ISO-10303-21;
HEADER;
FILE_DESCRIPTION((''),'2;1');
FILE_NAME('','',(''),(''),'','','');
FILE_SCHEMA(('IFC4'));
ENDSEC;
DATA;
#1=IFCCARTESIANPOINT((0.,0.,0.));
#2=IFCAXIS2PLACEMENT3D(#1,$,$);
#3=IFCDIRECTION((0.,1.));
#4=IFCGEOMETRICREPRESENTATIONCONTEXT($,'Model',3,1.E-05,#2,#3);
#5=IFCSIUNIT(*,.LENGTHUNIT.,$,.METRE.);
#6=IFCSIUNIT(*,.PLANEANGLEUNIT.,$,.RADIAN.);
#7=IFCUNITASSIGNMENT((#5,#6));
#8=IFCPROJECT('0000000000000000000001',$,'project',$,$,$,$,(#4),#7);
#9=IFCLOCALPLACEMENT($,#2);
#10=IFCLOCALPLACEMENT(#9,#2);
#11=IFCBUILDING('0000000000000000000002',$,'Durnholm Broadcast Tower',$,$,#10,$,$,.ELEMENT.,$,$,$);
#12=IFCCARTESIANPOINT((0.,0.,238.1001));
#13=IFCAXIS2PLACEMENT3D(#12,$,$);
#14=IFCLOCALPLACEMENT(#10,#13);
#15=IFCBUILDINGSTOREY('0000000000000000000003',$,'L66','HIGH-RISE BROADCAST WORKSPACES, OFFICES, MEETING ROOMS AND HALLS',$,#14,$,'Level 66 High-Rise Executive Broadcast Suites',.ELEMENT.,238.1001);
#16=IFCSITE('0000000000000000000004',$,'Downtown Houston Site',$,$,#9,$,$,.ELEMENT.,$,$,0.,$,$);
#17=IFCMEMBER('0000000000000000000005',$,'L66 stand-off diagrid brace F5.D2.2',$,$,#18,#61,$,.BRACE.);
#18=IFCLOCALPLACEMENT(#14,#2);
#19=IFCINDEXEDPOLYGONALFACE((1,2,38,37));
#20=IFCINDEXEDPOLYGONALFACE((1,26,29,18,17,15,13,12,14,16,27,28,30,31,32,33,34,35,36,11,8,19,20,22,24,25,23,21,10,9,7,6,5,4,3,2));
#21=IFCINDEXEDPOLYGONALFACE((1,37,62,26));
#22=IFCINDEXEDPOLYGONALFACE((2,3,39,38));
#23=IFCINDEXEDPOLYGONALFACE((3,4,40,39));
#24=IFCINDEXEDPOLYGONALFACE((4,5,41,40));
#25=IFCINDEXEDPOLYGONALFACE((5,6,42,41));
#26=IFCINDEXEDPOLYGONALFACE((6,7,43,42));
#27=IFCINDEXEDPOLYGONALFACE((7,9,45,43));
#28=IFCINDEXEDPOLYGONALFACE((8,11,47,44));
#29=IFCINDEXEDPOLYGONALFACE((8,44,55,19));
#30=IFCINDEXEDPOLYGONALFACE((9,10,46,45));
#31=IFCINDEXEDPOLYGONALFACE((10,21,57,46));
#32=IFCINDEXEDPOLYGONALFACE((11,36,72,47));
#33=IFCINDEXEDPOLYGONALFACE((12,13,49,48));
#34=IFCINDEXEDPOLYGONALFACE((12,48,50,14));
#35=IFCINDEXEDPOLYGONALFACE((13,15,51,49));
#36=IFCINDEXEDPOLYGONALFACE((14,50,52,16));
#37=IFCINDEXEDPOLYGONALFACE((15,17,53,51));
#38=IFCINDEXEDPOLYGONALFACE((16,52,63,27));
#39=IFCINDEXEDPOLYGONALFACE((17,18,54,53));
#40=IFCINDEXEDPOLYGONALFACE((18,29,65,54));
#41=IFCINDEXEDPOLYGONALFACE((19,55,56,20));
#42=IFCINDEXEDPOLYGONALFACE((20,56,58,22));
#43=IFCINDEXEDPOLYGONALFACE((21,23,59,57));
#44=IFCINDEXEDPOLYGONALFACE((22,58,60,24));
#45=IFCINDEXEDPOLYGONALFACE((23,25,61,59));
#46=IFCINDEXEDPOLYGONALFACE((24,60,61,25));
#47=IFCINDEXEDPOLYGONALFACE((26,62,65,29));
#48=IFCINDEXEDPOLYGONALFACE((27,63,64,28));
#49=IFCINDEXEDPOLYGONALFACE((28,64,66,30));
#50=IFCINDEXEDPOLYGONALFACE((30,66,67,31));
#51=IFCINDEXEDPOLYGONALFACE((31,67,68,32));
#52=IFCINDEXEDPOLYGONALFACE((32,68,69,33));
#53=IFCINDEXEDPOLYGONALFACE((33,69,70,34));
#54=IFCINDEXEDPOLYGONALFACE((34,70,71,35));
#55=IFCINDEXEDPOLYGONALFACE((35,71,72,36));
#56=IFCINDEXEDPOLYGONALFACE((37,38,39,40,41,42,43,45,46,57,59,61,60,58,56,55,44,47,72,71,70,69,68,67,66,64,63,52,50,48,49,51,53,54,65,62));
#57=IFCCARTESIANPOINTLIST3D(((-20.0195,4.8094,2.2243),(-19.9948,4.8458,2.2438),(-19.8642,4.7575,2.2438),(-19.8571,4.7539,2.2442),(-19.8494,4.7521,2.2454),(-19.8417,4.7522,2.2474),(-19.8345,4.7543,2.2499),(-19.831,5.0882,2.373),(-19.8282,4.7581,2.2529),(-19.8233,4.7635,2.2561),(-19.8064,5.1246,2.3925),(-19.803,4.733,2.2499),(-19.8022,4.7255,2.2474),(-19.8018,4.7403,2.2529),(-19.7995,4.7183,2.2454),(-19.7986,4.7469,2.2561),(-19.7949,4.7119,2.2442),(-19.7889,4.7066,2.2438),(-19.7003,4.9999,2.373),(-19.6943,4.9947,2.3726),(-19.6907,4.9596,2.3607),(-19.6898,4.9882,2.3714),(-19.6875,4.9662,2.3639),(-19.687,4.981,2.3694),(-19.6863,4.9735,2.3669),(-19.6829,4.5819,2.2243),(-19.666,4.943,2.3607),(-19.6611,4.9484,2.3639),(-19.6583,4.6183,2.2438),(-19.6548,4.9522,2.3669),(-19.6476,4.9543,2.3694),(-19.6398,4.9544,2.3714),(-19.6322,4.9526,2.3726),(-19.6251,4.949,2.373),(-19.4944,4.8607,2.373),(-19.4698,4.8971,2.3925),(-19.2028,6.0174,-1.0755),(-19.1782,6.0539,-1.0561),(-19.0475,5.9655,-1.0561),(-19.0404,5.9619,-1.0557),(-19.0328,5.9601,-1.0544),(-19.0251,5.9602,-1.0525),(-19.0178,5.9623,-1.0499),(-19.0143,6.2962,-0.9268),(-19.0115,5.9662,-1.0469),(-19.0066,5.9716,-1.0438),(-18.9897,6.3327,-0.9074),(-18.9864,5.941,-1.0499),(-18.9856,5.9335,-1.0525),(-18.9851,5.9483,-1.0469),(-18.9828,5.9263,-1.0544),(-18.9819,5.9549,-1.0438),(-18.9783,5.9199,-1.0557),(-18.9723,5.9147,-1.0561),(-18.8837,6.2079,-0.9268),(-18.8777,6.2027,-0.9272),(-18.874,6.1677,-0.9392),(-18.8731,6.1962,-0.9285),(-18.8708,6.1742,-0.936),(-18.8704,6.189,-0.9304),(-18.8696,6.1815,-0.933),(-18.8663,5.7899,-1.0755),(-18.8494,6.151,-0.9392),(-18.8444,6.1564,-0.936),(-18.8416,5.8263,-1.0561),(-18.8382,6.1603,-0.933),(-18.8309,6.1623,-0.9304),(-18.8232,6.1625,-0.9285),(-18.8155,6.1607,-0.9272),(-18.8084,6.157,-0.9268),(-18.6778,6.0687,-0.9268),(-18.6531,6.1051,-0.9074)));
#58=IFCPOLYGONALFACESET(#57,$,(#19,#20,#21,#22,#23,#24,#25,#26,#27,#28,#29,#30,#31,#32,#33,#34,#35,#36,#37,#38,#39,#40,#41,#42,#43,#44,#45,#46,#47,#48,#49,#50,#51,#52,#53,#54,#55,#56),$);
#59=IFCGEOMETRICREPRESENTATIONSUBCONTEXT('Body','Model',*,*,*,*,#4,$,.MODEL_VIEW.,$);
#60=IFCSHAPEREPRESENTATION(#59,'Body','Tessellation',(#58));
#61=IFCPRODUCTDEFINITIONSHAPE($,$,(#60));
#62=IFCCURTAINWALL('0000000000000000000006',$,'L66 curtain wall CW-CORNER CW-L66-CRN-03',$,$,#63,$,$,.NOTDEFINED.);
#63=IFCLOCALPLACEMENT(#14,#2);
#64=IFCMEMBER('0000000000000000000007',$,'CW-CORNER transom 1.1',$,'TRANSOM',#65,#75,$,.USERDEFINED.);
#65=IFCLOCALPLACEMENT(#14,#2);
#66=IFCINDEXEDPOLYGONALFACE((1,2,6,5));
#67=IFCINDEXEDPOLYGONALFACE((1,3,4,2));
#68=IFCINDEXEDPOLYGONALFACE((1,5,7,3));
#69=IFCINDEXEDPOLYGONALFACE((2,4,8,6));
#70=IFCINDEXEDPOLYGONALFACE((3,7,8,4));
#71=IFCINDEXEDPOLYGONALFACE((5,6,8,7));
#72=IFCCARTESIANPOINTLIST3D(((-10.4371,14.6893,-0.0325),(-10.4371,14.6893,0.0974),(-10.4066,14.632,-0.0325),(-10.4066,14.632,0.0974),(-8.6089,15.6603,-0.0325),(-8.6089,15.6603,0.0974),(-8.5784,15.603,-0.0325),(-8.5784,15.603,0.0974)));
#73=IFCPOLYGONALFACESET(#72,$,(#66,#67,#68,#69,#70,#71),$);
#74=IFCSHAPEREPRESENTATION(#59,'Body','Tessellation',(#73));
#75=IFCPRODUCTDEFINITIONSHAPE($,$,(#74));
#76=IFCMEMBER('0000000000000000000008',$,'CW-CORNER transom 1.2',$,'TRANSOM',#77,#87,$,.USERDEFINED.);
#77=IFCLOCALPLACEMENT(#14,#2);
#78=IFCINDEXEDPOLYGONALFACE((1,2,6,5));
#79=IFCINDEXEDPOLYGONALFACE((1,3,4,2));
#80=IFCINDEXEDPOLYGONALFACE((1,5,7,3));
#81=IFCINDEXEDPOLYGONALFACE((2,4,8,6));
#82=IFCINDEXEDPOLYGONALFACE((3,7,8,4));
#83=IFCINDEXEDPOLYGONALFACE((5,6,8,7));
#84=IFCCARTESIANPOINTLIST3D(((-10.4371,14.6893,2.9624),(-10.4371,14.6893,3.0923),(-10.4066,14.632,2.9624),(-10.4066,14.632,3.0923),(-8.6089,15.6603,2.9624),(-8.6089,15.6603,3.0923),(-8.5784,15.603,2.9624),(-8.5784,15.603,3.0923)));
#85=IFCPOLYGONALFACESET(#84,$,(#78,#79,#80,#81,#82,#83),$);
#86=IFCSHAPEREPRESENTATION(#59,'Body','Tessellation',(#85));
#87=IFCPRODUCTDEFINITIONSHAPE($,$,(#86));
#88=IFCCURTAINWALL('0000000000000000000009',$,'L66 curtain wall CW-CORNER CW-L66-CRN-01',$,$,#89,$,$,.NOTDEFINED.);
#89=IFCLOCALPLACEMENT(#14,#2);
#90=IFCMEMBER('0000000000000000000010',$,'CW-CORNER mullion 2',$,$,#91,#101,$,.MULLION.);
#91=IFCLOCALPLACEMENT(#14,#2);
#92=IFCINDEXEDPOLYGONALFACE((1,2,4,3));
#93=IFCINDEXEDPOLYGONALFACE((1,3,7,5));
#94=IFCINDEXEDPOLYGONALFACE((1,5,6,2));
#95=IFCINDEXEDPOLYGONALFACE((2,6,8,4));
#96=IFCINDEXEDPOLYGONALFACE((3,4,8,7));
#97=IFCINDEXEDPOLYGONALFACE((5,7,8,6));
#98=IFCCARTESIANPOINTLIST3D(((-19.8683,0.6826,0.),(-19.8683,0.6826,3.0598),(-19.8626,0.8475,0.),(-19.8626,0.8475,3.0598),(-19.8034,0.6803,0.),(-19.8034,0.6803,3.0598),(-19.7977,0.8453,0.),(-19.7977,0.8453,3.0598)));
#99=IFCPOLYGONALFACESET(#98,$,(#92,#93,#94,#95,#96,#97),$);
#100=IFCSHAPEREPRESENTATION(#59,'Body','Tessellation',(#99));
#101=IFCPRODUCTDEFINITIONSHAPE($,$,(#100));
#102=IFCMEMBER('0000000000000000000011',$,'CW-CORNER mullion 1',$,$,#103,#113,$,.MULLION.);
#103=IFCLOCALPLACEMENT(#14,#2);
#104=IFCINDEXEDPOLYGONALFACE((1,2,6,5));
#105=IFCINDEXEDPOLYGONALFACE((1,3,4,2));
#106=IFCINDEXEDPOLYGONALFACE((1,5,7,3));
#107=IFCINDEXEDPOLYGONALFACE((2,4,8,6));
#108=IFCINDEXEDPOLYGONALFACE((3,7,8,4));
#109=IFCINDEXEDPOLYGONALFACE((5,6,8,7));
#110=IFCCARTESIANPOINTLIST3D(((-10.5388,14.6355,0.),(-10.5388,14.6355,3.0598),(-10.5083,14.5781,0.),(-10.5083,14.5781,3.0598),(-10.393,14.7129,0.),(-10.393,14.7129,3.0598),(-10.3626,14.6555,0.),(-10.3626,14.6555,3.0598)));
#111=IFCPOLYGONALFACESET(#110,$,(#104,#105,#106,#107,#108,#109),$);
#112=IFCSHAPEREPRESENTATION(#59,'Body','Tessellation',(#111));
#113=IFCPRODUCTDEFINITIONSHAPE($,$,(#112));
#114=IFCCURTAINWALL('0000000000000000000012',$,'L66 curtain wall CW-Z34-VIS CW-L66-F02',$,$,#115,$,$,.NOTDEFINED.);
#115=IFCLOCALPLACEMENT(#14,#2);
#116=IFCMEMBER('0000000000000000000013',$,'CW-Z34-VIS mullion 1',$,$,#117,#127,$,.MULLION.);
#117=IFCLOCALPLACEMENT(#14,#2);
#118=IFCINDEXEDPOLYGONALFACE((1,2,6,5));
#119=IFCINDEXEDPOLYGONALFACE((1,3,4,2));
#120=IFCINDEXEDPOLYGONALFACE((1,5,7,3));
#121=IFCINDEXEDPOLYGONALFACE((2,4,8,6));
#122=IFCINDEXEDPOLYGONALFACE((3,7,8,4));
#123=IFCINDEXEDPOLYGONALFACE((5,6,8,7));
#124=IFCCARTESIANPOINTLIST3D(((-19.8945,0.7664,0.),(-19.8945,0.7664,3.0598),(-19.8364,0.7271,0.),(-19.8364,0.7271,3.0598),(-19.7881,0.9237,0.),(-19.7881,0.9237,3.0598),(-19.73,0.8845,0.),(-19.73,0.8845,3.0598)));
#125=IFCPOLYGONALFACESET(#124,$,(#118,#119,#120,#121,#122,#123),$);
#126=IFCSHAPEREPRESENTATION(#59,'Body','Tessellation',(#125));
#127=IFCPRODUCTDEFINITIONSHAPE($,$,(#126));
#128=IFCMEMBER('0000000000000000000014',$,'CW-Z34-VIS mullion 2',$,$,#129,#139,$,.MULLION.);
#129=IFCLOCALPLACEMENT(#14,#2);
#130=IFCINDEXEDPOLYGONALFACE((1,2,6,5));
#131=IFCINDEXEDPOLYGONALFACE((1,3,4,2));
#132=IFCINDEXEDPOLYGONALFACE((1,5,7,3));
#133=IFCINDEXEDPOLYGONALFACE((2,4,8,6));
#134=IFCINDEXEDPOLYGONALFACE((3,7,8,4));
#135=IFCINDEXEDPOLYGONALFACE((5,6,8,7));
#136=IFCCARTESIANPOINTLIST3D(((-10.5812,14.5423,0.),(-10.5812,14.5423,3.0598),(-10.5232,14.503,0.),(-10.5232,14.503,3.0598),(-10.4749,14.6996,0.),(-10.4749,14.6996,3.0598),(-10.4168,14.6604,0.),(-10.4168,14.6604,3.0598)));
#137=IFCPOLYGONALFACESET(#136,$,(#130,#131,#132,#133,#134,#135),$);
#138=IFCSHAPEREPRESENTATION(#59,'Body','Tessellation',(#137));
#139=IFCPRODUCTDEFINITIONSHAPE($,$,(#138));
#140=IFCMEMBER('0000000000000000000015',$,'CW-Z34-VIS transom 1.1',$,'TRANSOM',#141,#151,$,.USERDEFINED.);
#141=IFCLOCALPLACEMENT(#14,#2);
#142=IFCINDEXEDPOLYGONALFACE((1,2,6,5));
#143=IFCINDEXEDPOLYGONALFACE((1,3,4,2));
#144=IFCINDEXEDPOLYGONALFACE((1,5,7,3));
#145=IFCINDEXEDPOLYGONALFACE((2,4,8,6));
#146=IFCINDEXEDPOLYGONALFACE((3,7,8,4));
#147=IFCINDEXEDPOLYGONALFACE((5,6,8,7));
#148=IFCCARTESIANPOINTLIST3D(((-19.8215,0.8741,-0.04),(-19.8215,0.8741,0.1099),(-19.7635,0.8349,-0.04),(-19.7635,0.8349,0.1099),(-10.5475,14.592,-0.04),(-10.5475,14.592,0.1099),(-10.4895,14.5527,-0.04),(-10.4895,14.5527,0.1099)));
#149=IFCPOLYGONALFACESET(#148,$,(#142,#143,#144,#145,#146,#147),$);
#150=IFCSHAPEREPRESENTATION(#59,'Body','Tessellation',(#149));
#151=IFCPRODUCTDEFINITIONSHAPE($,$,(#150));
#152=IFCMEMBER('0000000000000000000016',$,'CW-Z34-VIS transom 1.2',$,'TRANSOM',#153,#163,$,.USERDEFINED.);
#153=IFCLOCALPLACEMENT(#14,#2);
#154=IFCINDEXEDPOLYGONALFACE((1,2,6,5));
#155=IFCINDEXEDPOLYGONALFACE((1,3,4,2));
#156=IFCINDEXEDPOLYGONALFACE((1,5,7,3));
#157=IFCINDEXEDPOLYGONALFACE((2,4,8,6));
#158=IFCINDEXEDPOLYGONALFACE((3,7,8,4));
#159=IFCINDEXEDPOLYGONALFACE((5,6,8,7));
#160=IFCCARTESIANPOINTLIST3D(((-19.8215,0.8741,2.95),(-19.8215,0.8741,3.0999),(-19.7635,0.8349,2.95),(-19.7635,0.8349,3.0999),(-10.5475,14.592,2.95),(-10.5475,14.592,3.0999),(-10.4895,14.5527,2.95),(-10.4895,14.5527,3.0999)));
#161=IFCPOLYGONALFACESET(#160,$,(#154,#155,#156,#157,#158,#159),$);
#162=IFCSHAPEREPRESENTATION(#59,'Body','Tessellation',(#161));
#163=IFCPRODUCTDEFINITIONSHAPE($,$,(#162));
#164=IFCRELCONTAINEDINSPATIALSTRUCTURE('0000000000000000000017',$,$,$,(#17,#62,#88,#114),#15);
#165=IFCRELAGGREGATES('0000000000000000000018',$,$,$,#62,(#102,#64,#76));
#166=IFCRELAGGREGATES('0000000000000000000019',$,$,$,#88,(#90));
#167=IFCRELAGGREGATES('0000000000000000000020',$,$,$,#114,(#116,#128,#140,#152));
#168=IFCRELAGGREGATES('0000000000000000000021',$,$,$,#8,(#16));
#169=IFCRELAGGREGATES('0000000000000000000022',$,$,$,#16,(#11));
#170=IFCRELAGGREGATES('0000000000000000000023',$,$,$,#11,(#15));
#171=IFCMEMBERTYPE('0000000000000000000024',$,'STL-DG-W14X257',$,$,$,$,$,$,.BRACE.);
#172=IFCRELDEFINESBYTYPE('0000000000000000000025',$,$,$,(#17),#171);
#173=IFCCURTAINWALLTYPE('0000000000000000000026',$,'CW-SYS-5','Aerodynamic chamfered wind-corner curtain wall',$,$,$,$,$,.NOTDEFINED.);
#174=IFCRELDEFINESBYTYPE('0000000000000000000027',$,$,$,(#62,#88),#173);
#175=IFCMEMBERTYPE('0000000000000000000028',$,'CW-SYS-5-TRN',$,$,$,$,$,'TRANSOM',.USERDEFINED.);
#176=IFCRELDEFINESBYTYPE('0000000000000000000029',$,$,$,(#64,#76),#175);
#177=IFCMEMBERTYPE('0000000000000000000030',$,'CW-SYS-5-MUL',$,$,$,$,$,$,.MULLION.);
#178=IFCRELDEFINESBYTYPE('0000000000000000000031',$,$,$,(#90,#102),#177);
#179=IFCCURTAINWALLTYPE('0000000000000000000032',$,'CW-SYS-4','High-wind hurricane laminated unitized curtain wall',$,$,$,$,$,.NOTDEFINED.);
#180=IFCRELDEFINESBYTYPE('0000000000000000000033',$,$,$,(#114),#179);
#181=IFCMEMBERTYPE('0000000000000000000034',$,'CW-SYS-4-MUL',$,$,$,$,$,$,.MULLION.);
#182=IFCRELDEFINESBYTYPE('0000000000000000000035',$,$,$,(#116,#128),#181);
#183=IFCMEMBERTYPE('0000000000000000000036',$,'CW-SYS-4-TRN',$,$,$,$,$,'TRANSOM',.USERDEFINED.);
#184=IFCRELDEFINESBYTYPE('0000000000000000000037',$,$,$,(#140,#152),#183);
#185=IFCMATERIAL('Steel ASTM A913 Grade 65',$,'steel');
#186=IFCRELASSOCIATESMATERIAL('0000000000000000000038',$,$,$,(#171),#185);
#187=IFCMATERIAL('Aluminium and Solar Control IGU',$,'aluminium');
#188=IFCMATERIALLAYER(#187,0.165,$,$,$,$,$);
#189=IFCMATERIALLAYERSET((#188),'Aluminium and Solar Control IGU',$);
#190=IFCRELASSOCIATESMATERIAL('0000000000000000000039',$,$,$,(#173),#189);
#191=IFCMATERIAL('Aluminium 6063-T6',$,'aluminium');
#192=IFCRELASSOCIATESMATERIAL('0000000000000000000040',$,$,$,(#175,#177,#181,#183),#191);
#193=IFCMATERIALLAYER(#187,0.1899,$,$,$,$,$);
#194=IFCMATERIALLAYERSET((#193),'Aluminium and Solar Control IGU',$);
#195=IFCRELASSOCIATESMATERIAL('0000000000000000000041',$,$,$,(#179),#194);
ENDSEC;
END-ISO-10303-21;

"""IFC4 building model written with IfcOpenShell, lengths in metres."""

from ifc_helpers import new_model, si_unit, direction, frame, origin, origin_2d, place, context, subcontext, project, spatial, rectangle, i_section, extrude, source, transform, mapped, material, layer, layer_set, material_profile, profile_set, type_object, type_shapes, element, aggregate, save


model = new_model("IFC4")

# Units and contexts
model_context = context("Model", 3, precision=1e-05, world=origin(), true_north=direction((0.0, 1.0)))
body_context = subcontext(model_context, "Body", "Model", "MODEL_VIEW")
ifc_project = project(units=[si_unit("LENGTHUNIT", "METRE"), si_unit("PLANEANGLEUNIT", "RADIAN")], contexts=[model_context])

# Site, building, storey
site_placement = place(None, origin())
site = spatial("IfcSite", under=ifc_project, at=site_placement, Name="Downtown Houston Site", CompositionType="ELEMENT", RefElevation=0.0)
building_placement = place(site_placement, origin())
building = spatial("IfcBuilding", under=site, at=building_placement, Name="Durnholm Broadcast Tower", CompositionType="ELEMENT")
storey_placement = place(building_placement, frame((0.0, 0.0, 238.1001)))
storey = spatial("IfcBuildingStorey", under=building, at=storey_placement, Name="L66", Description="HIGH-RISE BROADCAST WORKSPACES, OFFICES, MEETING ROOMS AND HALLS", LongName="Level 66 High-Rise Executive Broadcast Suites", CompositionType="ELEMENT", Elevation=238.1001)

# Member
ifc_material_1 = material(Name="Steel ASTM A913 Grade 65", Category="steel")
ifc_material_profile_1 = material_profile(ifc_material_1, i_section(OverallWidth=0.4062, OverallDepth=0.416, WebThickness=0.0298, FlangeThickness=0.0481, FilletRadius=0.0305, at=origin_2d()), Name="W14X257")
ifc_profile_set_1 = profile_set([ifc_material_profile_1], Name="Steel ASTM A913 Grade 65")
member_type_1 = type_object("IfcMemberType", Name="STL-DG-W14X257", PredefinedType="BRACE", material=ifc_profile_set_1)
shared_shape_1 = source(origin(), body_context, "Body", "SweptSolid", [
    extrude(i_section(OverallWidth=0.4062, OverallDepth=0.416, WebThickness=0.0298, FlangeThickness=0.0481, FilletRadius=0.0305, at=origin_2d()), origin(), (0.0, 0.0, 1.0), 3.6077),
])
type_shapes(member_type_1, [shared_shape_1])
for number, where, z_axis, x_axis, name in (
    (1, (-18.928, 6.0613, -0.9915), (-0.226368, -0.334849, 0.914677), (0.828452, -0.560059, 0.0), "L66 stand-off diagrid brace F5.D2.2"),
):
    element("IfcMember", number, at=place(storey_placement, frame(where, z_axis=z_axis, x_axis=x_axis)), inside=storey, type_object=member_type_1, Name=name, PredefinedType="BRACE", context=body_context, shape_type="MappedRepresentation", body=[
        mapped(shared_shape_1, transform((0.0, 0.0, 0.0), x_axis=(1.0, 0.0, 0.0), y_axis=(0.0, 1.0, 0.0), z_axis=(0.0, 0.0, 1.0), scale=1.0)),
    ])

# Curtain wall, members
ifc_material_2 = material(Name="Aluminium and Solar Control IGU", Category="aluminium")
ifc_layer_1 = layer(ifc_material_2, 0.165)
ifc_layer_set_1 = layer_set([ifc_layer_1], Name="Aluminium and Solar Control IGU")
curtain_wall_type_1 = type_object("IfcCurtainWallType", Name="CW-SYS-5", Description="Aerodynamic chamfered wind-corner curtain wall", PredefinedType="NOTDEFINED", material=ifc_layer_set_1)
curtain_wall_1_placement = place(storey_placement, origin())
curtain_wall_1 = element("IfcCurtainWall", 2, at=curtain_wall_1_placement, inside=storey, type_object=curtain_wall_type_1, Name="L66 curtain wall CW-CORNER CW-L66-CRN-03", PredefinedType="NOTDEFINED")
ifc_material_3 = material(Name="Aluminium 6063-T6", Category="aluminium")
ifc_material_profile_2 = material_profile(ifc_material_3, rectangle(XDim=0.0649, YDim=0.1299, at=origin_2d()), Name="CWT65X130")
ifc_profile_set_2 = profile_set([ifc_material_profile_2], Name="Aluminium 6063-T6")
member_type_2 = type_object("IfcMemberType", Name="CW-SYS-5-TRN", ElementType="TRANSOM", PredefinedType="USERDEFINED", material=ifc_profile_set_2)
shared_shape_2 = source(origin(), body_context, "Body", "SweptSolid", [
    extrude(rectangle(XDim=0.0649, YDim=0.1299, at=origin_2d()), origin(), (0.0, 0.0, 1.0), 2.0701),
])
type_shapes(member_type_2, [shared_shape_2])
member_1_placement = place(storey_placement, frame((-10.4219, 14.6606, 0.0325), z_axis=(0.883165, 0.469063, 0.0), x_axis=(-0.469063, 0.883165, 0.0)))
member_1 = element("IfcMember", 3, at=member_1_placement, type_object=member_type_2, Name="CW-CORNER transom 1.1", ObjectType="TRANSOM", PredefinedType="USERDEFINED", context=body_context, shape_type="MappedRepresentation", body=[
    mapped(shared_shape_2, transform((0.0, 0.0, 0.0), x_axis=(1.0, 0.0, 0.0), y_axis=(0.0, 1.0, 0.0), z_axis=(0.0, 0.0, 1.0), scale=1.0)),
])
member_2_placement = place(storey_placement, frame((-10.4219, 14.6606, 3.0273), z_axis=(0.883165, 0.469063, 0.0), x_axis=(-0.469063, 0.883165, 0.0)))
member_2 = element("IfcMember", 4, at=member_2_placement, type_object=member_type_2, Name="CW-CORNER transom 1.2", ObjectType="TRANSOM", PredefinedType="USERDEFINED", context=body_context, shape_type="MappedRepresentation", body=[
    mapped(shared_shape_2, transform((0.0, 0.0, 0.0), x_axis=(1.0, 0.0, 0.0), y_axis=(0.0, 1.0, 0.0), z_axis=(0.0, 0.0, 1.0), scale=1.0)),
])

# Curtain wall, member
curtain_wall_2_placement = place(storey_placement, origin())
curtain_wall_2 = element("IfcCurtainWall", 5, at=curtain_wall_2_placement, inside=storey, type_object=curtain_wall_type_1, Name="L66 curtain wall CW-CORNER CW-L66-CRN-01", PredefinedType="NOTDEFINED")
ifc_material_profile_3 = material_profile(ifc_material_3, rectangle(XDim=0.0649, YDim=0.165, at=origin_2d()), Name="CWM65X165")
ifc_profile_set_3 = profile_set([ifc_material_profile_3], Name="Aluminium 6063-T6")
member_type_3 = type_object("IfcMemberType", Name="CW-SYS-5-MUL", PredefinedType="MULLION", material=ifc_profile_set_3)
shared_shape_3 = source(origin(), body_context, "Body", "SweptSolid", [
    extrude(rectangle(XDim=0.0649, YDim=0.165, at=origin_2d()), origin(), (0.0, 0.0, 1.0), 3.0598),
])
type_shapes(member_type_3, [shared_shape_3])
member_3_placement = place(storey_placement, frame((-19.833, 0.7639, 0.0), z_axis=(0.0, 0.0, 1.0), x_axis=(-0.999411, 0.034318, 0.0)))
member_3 = element("IfcMember", 6, at=member_3_placement, type_object=member_type_3, Name="CW-CORNER mullion 2", PredefinedType="MULLION", context=body_context, shape_type="MappedRepresentation", body=[
    mapped(shared_shape_3, transform((0.0, 0.0, 0.0), x_axis=(1.0, 0.0, 0.0), y_axis=(0.0, 1.0, 0.0), z_axis=(0.0, 0.0, 1.0), scale=1.0)),
])

# Member
member_4_placement = place(storey_placement, frame((-10.4507, 14.6455, 0.0), z_axis=(0.0, 0.0, 1.0), x_axis=(-0.469007, 0.883195, 0.0)))
member_4 = element("IfcMember", 7, at=member_4_placement, type_object=member_type_3, Name="CW-CORNER mullion 1", PredefinedType="MULLION", context=body_context, shape_type="MappedRepresentation", body=[
    mapped(shared_shape_3, transform((0.0, 0.0, 0.0), x_axis=(1.0, 0.0, 0.0), y_axis=(0.0, 1.0, 0.0), z_axis=(0.0, 0.0, 1.0), scale=1.0)),
])
aggregate(curtain_wall_1, [member_4, member_1, member_2])

# Curtain wall, members
ifc_layer_2 = layer(ifc_material_2, 0.1899)
ifc_layer_set_2 = layer_set([ifc_layer_2], Name="Aluminium and Solar Control IGU")
curtain_wall_type_2 = type_object("IfcCurtainWallType", Name="CW-SYS-4", Description="High-wind hurricane laminated unitized curtain wall", PredefinedType="NOTDEFINED", material=ifc_layer_set_2)
curtain_wall_3_placement = place(storey_placement, origin())
curtain_wall_3 = element("IfcCurtainWall", 8, at=curtain_wall_3_placement, inside=storey, type_object=curtain_wall_type_2, Name="L66 curtain wall CW-Z34-VIS CW-L66-F02", PredefinedType="NOTDEFINED")
ifc_material_profile_4 = material_profile(ifc_material_3, rectangle(XDim=0.0701, YDim=0.1899, at=origin_2d()), Name="CWM70X190")
ifc_profile_set_4 = profile_set([ifc_material_profile_4], Name="Aluminium 6063-T6")
member_type_4 = type_object("IfcMemberType", Name="CW-SYS-4-MUL", PredefinedType="MULLION", material=ifc_profile_set_4)
shared_shape_4 = source(origin(), body_context, "Body", "SweptSolid", [
    extrude(rectangle(XDim=0.0701, YDim=0.1899, at=origin_2d()), origin(), (0.0, 0.0, 1.0), 3.0598),
])
type_shapes(member_type_4, [shared_shape_4])
member_5_placement = place(storey_placement, frame((-19.8123, 0.8254, 0.0), z_axis=(0.0, 0.0, 1.0), x_axis=(-0.828443, 0.560073, 0.0)))
member_5 = element("IfcMember", 9, at=member_5_placement, type_object=member_type_4, Name="CW-Z34-VIS mullion 1", PredefinedType="MULLION", context=body_context, shape_type="MappedRepresentation", body=[
    mapped(shared_shape_4, transform((0.0, 0.0, 0.0), x_axis=(1.0, 0.0, 0.0), y_axis=(0.0, 1.0, 0.0), z_axis=(0.0, 0.0, 1.0), scale=1.0)),
])
member_6_placement = place(storey_placement, frame((-10.499, 14.6013, 0.0), z_axis=(0.0, 0.0, 1.0), x_axis=(-0.828443, 0.560073, 0.0)))
member_6 = element("IfcMember", 10, at=member_6_placement, type_object=member_type_4, Name="CW-Z34-VIS mullion 2", PredefinedType="MULLION", context=body_context, shape_type="MappedRepresentation", body=[
    mapped(shared_shape_4, transform((0.0, 0.0, 0.0), x_axis=(1.0, 0.0, 0.0), y_axis=(0.0, 1.0, 0.0), z_axis=(0.0, 0.0, 1.0), scale=1.0)),
])
ifc_material_profile_5 = material_profile(ifc_material_3, rectangle(XDim=0.0701, YDim=0.1499, at=origin_2d()), Name="CWT70X150")
ifc_profile_set_5 = profile_set([ifc_material_profile_5], Name="Aluminium 6063-T6")
member_type_5 = type_object("IfcMemberType", Name="CW-SYS-4-TRN", ElementType="TRANSOM", PredefinedType="USERDEFINED", material=ifc_profile_set_5)
shared_shape_5 = source(origin(), body_context, "Body", "SweptSolid", [
    extrude(rectangle(XDim=0.0701, YDim=0.1499, at=origin_2d()), origin(), (0.0, 0.0, 1.0), 16.5586),
])
type_shapes(member_type_5, [shared_shape_5])
member_7_placement = place(storey_placement, frame((-19.7925, 0.8545, 0.0349), z_axis=(0.560071, 0.828444, 0.0), x_axis=(-0.828444, 0.560071, 0.0)))
member_7 = element("IfcMember", 11, at=member_7_placement, type_object=member_type_5, Name="CW-Z34-VIS transom 1.1", ObjectType="TRANSOM", PredefinedType="USERDEFINED", context=body_context, shape_type="MappedRepresentation", body=[
    mapped(shared_shape_5, transform((0.0, 0.0, 0.0), x_axis=(1.0, 0.0, 0.0), y_axis=(0.0, 1.0, 0.0), z_axis=(0.0, 0.0, 1.0), scale=1.0)),
])
member_8_placement = place(storey_placement, frame((-19.7925, 0.8545, 3.0249), z_axis=(0.560071, 0.828444, 0.0), x_axis=(-0.828444, 0.560071, 0.0)))
member_8 = element("IfcMember", 12, at=member_8_placement, type_object=member_type_5, Name="CW-Z34-VIS transom 1.2", ObjectType="TRANSOM", PredefinedType="USERDEFINED", context=body_context, shape_type="MappedRepresentation", body=[
    mapped(shared_shape_5, transform((0.0, 0.0, 0.0), x_axis=(1.0, 0.0, 0.0), y_axis=(0.0, 1.0, 0.0), z_axis=(0.0, 0.0, 1.0), scale=1.0)),
])

aggregate(curtain_wall_2, [member_3])
aggregate(curtain_wall_3, [member_5, member_6, member_7, member_8])

save(model, "model.ifc")
